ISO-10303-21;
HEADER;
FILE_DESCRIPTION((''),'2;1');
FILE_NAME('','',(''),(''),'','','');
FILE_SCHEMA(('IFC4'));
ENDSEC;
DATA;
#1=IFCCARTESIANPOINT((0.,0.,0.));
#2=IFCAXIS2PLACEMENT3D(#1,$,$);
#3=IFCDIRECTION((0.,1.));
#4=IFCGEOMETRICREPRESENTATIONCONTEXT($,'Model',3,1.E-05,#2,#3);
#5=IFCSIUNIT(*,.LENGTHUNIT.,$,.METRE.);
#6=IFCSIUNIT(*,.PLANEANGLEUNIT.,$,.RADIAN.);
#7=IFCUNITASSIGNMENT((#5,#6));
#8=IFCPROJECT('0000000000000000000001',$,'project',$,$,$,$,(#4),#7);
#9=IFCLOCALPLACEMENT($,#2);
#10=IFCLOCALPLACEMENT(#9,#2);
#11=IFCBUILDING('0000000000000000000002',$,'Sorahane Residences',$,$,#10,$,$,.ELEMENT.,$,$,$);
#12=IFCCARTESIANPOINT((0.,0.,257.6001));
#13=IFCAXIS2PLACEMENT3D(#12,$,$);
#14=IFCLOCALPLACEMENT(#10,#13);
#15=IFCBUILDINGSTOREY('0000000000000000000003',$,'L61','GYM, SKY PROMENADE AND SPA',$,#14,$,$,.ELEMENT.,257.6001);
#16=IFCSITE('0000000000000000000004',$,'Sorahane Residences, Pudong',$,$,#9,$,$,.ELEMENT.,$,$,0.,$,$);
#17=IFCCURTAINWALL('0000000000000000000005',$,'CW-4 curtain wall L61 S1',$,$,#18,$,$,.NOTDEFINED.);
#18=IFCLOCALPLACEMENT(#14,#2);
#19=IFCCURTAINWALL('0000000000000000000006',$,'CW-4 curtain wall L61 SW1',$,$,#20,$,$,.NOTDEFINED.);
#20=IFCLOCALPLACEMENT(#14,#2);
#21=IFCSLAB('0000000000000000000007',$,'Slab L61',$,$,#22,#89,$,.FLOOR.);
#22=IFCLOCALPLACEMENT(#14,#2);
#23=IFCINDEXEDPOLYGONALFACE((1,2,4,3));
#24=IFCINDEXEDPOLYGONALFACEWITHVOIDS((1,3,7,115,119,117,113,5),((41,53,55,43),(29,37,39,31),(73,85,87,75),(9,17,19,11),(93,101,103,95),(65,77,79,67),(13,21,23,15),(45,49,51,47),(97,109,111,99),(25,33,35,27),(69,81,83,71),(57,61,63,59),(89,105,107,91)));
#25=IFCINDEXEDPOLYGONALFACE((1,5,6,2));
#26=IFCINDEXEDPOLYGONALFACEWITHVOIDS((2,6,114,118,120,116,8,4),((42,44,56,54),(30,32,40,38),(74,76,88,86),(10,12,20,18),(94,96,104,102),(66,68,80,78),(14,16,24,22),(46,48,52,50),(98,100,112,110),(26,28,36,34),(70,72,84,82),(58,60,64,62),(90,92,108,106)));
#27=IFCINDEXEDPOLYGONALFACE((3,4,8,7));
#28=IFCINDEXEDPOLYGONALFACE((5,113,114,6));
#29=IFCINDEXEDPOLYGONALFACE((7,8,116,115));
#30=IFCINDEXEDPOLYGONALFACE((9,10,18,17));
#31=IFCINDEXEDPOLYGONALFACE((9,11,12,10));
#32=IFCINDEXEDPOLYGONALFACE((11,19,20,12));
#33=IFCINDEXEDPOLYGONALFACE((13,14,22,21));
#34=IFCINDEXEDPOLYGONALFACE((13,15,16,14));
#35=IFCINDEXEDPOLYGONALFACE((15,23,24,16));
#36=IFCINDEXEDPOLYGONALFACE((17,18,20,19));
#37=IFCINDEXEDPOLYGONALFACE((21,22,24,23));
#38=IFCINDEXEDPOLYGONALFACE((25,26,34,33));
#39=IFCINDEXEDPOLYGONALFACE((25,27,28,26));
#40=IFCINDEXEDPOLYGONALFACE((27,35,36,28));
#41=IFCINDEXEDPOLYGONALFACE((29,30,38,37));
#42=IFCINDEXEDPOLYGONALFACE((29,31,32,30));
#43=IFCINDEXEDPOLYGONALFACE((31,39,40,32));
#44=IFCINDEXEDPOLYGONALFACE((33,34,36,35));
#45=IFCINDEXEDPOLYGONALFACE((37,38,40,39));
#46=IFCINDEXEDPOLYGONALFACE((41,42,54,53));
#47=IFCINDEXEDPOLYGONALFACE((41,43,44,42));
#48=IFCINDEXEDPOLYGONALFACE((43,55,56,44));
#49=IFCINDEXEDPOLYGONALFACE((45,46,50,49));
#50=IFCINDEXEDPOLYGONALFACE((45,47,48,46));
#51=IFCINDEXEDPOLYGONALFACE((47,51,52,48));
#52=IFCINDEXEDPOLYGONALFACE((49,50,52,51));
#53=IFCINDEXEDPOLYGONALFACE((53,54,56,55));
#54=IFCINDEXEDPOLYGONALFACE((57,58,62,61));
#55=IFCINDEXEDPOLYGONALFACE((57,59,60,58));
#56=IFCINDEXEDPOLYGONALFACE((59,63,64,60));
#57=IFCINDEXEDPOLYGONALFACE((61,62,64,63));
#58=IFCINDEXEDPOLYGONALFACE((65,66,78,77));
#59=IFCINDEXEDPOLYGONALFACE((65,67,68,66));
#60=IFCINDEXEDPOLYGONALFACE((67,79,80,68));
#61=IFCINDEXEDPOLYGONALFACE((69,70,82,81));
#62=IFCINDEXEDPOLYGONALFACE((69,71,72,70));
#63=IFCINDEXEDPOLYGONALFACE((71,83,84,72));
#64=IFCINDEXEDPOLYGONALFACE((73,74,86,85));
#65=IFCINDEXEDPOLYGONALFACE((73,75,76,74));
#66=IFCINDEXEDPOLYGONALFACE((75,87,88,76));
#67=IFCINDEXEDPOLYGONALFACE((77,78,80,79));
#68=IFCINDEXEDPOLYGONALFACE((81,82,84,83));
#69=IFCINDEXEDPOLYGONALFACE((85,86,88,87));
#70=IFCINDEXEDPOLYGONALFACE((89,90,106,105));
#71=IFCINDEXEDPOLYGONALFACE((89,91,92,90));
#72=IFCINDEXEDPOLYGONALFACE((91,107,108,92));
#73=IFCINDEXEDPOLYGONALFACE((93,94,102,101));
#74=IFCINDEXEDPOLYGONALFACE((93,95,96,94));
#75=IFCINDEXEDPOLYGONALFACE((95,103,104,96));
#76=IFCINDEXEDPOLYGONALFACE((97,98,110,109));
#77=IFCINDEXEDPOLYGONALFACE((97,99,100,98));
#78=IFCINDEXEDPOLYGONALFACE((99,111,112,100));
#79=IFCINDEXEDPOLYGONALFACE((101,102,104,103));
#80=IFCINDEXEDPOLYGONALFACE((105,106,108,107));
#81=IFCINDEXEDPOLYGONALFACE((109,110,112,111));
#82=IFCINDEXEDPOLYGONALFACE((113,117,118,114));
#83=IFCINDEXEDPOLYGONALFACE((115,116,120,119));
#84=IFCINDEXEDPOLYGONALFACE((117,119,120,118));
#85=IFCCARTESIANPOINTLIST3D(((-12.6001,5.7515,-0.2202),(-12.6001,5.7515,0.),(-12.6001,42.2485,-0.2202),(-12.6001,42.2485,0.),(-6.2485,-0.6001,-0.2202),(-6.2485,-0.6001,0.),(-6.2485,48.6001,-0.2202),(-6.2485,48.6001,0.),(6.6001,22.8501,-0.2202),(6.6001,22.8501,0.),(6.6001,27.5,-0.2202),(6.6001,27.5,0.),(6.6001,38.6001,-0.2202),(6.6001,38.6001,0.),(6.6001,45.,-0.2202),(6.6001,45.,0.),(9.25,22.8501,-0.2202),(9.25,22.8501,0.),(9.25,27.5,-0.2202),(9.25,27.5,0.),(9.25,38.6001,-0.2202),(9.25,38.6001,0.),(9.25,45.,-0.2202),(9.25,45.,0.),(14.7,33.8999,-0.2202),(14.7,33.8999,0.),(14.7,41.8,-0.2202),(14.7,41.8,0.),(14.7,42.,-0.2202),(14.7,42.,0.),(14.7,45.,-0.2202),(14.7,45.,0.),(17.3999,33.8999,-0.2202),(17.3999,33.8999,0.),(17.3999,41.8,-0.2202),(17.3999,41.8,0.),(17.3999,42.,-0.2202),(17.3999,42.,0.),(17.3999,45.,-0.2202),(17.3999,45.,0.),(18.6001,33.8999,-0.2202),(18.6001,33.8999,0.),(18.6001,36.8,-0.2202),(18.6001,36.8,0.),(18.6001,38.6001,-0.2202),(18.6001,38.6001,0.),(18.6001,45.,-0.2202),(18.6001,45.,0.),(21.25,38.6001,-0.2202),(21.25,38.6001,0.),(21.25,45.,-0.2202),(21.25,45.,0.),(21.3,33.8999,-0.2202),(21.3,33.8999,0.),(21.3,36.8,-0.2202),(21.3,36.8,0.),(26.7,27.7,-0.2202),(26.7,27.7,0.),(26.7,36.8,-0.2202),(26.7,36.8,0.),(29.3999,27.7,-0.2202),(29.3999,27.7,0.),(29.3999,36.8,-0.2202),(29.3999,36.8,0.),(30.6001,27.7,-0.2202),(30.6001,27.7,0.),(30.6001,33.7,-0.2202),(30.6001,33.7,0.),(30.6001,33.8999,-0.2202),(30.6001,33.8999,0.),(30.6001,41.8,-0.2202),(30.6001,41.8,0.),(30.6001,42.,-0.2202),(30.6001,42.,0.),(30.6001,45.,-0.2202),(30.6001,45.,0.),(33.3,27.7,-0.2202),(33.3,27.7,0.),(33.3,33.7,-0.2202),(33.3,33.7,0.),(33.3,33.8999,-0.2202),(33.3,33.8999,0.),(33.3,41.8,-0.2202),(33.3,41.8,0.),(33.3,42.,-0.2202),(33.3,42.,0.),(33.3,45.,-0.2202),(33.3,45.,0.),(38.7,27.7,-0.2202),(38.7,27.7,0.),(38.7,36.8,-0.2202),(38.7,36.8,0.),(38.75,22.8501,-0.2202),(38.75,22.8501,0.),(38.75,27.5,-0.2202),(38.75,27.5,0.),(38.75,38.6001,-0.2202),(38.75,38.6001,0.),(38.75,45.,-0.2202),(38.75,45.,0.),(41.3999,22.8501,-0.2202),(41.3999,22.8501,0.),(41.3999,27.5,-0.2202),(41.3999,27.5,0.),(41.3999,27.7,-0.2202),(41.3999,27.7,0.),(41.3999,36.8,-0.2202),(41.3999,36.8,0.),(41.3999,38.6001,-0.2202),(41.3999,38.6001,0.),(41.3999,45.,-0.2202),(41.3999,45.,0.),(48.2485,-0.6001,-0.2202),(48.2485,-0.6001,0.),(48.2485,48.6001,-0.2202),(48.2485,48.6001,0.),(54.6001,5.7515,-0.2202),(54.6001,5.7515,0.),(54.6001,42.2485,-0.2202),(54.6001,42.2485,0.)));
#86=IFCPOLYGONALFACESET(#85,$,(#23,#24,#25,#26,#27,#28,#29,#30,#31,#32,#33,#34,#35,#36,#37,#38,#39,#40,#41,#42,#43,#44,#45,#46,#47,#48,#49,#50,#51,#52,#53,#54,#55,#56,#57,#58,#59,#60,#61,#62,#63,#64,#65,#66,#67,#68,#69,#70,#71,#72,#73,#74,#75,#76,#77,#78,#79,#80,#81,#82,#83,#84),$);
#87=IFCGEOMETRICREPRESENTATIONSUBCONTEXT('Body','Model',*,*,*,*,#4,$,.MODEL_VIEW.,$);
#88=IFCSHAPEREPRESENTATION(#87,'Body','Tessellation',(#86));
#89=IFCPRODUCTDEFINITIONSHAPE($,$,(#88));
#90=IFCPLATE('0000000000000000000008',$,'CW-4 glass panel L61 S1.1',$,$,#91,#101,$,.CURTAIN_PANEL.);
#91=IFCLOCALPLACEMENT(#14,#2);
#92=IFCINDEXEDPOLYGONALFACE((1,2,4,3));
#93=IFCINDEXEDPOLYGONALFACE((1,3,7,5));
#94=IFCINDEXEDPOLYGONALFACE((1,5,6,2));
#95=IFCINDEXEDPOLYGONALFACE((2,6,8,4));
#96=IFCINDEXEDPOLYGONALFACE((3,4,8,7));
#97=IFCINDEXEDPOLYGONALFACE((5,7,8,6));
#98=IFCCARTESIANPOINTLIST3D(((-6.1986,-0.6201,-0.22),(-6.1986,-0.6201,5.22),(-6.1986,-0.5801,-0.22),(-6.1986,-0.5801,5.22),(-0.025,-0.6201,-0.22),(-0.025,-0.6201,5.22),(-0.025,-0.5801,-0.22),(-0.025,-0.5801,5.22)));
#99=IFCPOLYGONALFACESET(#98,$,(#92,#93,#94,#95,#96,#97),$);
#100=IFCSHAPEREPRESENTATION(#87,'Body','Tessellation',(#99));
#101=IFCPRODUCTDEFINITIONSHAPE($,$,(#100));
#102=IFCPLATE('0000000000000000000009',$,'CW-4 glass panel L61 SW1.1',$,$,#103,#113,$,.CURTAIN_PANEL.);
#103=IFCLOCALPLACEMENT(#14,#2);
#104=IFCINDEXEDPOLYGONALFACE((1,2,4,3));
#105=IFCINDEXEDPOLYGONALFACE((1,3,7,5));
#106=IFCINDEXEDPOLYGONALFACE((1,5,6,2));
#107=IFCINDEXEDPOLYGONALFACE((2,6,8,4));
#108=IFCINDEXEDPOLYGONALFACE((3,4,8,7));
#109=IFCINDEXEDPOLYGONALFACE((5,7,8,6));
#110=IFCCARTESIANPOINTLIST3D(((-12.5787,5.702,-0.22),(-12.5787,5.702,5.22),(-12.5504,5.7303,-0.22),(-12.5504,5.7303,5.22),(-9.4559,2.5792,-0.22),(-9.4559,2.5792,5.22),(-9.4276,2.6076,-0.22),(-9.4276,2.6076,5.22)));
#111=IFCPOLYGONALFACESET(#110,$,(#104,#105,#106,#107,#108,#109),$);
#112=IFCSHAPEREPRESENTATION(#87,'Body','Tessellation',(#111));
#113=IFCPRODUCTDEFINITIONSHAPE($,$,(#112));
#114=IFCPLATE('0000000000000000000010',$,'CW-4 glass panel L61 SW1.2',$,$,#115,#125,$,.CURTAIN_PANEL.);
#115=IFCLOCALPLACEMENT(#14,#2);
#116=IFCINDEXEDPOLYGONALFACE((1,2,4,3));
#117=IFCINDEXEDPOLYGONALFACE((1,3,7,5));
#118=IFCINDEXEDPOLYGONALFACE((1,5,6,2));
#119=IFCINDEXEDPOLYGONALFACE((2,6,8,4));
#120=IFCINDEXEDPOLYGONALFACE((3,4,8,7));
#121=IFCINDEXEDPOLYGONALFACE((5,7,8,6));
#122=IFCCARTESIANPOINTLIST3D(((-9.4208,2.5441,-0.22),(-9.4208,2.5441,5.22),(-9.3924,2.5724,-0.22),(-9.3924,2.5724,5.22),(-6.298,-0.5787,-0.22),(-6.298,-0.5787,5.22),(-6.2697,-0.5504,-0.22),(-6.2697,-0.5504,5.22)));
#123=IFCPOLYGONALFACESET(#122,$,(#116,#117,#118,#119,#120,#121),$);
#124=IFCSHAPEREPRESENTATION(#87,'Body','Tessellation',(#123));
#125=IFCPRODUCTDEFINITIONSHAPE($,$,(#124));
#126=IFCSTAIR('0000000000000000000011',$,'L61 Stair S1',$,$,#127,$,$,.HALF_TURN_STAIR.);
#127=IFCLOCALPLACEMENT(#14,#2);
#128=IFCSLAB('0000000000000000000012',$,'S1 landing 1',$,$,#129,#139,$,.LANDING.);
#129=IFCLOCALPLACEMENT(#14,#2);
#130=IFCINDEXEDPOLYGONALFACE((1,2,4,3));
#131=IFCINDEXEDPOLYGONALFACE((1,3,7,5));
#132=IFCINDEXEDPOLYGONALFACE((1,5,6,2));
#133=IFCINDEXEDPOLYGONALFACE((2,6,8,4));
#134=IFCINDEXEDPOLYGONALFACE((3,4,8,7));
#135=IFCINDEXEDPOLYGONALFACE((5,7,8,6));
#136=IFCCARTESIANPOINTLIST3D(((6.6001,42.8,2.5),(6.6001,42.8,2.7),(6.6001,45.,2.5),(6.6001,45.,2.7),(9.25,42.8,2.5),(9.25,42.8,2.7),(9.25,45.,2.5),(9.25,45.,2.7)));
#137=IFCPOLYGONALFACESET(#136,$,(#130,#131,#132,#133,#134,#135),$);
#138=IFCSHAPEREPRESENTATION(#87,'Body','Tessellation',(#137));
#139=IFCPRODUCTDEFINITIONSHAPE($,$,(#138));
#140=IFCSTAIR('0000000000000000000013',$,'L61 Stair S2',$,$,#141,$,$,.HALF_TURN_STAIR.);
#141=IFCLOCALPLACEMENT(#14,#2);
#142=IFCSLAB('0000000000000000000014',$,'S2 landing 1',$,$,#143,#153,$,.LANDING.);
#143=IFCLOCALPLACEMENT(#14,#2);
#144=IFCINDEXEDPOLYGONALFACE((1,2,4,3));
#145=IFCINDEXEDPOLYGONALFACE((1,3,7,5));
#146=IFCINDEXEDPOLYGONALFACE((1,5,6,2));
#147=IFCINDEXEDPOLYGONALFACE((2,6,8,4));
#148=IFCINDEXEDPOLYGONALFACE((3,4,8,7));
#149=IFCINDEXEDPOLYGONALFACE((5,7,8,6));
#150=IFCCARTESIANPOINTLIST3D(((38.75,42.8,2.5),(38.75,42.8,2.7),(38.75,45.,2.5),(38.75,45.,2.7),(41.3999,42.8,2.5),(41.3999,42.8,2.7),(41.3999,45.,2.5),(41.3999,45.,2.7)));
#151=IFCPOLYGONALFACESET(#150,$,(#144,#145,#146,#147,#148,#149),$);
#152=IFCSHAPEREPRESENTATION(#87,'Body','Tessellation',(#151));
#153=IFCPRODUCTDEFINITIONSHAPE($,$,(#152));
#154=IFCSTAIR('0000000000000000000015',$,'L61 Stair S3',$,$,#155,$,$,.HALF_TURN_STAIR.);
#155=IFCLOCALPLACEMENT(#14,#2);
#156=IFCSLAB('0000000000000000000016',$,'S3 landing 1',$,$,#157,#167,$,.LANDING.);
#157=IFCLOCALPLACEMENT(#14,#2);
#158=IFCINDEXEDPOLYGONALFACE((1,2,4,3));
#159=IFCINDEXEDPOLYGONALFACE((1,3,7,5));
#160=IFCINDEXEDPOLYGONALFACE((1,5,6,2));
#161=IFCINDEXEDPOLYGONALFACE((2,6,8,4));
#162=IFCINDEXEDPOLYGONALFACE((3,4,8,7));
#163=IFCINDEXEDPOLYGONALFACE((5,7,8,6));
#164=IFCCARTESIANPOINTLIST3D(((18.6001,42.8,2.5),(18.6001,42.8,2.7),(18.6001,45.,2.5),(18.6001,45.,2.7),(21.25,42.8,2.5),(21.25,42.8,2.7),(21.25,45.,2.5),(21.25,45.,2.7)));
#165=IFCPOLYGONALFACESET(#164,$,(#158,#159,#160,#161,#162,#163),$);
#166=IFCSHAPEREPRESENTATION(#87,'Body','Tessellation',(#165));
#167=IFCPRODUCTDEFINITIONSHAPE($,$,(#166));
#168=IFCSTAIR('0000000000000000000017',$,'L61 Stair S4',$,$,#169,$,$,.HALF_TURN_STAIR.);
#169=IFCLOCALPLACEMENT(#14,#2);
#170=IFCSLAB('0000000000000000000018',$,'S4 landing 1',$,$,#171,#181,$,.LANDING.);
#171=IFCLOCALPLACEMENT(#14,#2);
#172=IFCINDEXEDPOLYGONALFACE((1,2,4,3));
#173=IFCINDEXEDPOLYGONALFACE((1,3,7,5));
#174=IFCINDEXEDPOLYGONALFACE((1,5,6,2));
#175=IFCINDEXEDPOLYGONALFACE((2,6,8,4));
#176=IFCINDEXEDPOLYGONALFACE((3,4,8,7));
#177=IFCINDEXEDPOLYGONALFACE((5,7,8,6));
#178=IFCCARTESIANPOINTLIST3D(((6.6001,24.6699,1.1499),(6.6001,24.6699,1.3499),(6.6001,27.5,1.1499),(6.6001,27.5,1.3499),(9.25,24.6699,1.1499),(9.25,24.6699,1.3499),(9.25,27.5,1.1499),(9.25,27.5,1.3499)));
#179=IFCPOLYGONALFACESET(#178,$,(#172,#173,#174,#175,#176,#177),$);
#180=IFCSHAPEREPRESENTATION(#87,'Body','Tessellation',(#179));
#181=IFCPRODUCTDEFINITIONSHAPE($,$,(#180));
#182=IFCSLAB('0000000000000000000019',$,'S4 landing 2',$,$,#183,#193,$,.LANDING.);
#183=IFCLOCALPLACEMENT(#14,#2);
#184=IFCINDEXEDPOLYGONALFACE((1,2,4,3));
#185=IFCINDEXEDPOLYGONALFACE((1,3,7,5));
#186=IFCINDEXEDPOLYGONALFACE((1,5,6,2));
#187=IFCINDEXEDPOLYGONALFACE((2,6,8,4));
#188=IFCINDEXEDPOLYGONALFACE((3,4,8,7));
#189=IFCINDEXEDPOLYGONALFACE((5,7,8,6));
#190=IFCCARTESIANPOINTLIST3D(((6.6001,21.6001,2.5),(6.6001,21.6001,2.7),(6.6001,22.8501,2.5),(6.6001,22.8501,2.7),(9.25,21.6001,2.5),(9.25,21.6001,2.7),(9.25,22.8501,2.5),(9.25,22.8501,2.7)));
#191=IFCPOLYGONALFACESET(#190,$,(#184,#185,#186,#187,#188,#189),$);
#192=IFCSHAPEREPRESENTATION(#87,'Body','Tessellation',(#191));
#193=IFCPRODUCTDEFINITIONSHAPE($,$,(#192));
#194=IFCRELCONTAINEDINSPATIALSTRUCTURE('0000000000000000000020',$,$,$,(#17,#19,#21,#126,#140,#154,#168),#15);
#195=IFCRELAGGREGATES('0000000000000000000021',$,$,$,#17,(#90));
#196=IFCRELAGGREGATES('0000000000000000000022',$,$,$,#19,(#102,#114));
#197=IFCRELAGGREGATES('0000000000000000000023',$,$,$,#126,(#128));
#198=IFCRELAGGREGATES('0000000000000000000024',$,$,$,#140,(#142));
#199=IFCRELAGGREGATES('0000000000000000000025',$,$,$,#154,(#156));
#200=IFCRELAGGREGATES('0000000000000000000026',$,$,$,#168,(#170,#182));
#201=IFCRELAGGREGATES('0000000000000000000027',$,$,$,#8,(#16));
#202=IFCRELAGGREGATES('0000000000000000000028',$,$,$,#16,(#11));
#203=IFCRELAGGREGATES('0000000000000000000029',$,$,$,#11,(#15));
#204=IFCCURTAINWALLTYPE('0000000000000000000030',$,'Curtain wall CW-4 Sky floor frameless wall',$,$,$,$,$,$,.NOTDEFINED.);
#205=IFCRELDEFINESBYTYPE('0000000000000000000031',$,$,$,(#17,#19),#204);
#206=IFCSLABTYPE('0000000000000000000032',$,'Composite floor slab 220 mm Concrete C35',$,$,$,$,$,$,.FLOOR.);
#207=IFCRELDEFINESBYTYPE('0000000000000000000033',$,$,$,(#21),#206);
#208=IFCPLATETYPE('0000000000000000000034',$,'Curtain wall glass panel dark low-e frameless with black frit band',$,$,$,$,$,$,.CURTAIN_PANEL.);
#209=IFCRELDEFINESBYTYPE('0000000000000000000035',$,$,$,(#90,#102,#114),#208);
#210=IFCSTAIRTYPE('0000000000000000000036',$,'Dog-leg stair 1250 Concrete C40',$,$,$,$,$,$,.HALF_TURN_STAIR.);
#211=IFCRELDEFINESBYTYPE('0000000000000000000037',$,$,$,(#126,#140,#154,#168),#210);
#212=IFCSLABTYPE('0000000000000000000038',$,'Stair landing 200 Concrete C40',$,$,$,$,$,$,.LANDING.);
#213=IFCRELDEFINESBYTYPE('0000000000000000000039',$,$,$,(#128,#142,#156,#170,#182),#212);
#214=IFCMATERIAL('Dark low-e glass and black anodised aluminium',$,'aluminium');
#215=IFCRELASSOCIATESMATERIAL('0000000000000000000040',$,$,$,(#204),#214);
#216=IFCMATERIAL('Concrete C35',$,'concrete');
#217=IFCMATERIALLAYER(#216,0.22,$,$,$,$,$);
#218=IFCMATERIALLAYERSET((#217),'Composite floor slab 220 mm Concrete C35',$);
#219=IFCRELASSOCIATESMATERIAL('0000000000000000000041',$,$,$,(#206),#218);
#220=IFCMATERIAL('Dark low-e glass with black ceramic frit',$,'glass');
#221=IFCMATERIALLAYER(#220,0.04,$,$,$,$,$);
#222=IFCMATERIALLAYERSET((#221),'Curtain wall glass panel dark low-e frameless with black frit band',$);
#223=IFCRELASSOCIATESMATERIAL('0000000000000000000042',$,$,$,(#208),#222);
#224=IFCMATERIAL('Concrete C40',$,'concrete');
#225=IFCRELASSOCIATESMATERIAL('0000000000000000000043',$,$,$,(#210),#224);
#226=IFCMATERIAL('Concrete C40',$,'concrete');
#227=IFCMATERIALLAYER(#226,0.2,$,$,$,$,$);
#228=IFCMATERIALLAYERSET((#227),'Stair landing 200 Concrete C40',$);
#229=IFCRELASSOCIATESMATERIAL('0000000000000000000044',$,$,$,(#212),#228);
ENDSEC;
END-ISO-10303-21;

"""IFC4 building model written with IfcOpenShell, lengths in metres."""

from ifc_helpers import new_model, si_unit, direction, frame, origin, origin_2d, place, context, subcontext, project, spatial, polyline, rectangle, outline, extrude, material, layer, layer_set, type_object, element, aggregate, save


model = new_model("IFC4")

# Units and contexts
model_context = context("Model", 3, precision=1e-05, world=origin(), true_north=direction((0.0, 1.0)))
body_context = subcontext(model_context, "Body", "Model", "MODEL_VIEW")
ifc_project = project(units=[si_unit("LENGTHUNIT", "METRE"), si_unit("PLANEANGLEUNIT", "RADIAN")], contexts=[model_context])

# Site, building, storey
site_placement = place(None, origin())
site = spatial("IfcSite", under=ifc_project, at=site_placement, Name="Sorahane Residences, Pudong", CompositionType="ELEMENT", RefElevation=0.0)
building_placement = place(site_placement, origin())
building = spatial("IfcBuilding", under=site, at=building_placement, Name="Sorahane Residences", CompositionType="ELEMENT")
storey_placement = place(building_placement, frame((0.0, 0.0, 257.6001)))
storey = spatial("IfcBuildingStorey", under=building, at=storey_placement, Name="L61", Description="GYM, SKY PROMENADE AND SPA", CompositionType="ELEMENT", Elevation=257.6001)

# Curtain wall
ifc_material_1 = material(Name="Dark low-e glass and black anodised aluminium", Category="aluminium")
curtain_wall_type = type_object("IfcCurtainWallType", Name="Curtain wall CW-4 Sky floor frameless wall", PredefinedType="NOTDEFINED", material=ifc_material_1)
curtain_wall_1_placement = place(storey_placement, origin())
curtain_wall_1 = element("IfcCurtainWall", 1, at=curtain_wall_1_placement, inside=storey, type_object=curtain_wall_type, Name="CW-4 curtain wall L61 S1", PredefinedType="NOTDEFINED")

# Curtain wall
curtain_wall_2_placement = place(storey_placement, origin())
curtain_wall_2 = element("IfcCurtainWall", 2, at=curtain_wall_2_placement, inside=storey, type_object=curtain_wall_type, Name="CW-4 curtain wall L61 SW1", PredefinedType="NOTDEFINED")

# Slab
ifc_material_2 = material(Name="Concrete C35", Category="concrete")
ifc_layer_1 = layer(ifc_material_2, 0.22)
ifc_layer_set_1 = layer_set([ifc_layer_1], Name="Composite floor slab 220 mm Concrete C35")
slab_type_1 = type_object("IfcSlabType", Name="Composite floor slab 220 mm Concrete C35", PredefinedType="FLOOR", material=ifc_layer_set_1)
slab_1_placement = place(storey_placement, frame((0.0, 0.0, -0.2202)))
element("IfcSlab", 3, at=slab_1_placement, inside=storey, type_object=slab_type_1, Name="Slab L61", PredefinedType="FLOOR", context=body_context, shape_type="SweptSolid", body=[
    extrude(outline(polyline([(-6.2485, -0.6001), (-12.6001, 5.7515), (-12.6001, 42.2485), (-6.2485, 48.6001), (48.2485, 48.6001), (54.6001, 42.2485), (54.6001, 5.7515), (48.2485, -0.6001), (-6.2485, -0.6001)]), holes=[polyline([(38.7, 27.7), (41.3999, 27.7), (41.3999, 36.8), (38.7, 36.8), (38.7, 27.7)]), polyline([(30.6001, 27.7), (33.3, 27.7), (33.3, 33.7), (30.6001, 33.7), (30.6001, 27.7)]), polyline([(30.6001, 42.0), (33.3, 42.0), (33.3, 45.0), (30.6001, 45.0), (30.6001, 42.0)]), polyline([(14.7, 42.0), (17.3999, 42.0), (17.3999, 45.0), (14.7, 45.0), (14.7, 42.0)]), polyline([(9.25, 38.6001), (9.25, 45.0), (6.6001, 45.0), (6.6001, 38.6001), (9.25, 38.6001)]), polyline([(41.3999, 38.6001), (41.3999, 45.0), (38.75, 45.0), (38.75, 38.6001), (41.3999, 38.6001)]), polyline([(21.25, 38.6001), (21.25, 45.0), (18.6001, 45.0), (18.6001, 38.6001), (21.25, 38.6001)]), polyline([(9.25, 22.8501), (9.25, 27.5), (6.6001, 27.5), (6.6001, 22.8501), (9.25, 22.8501)]), polyline([(41.3999, 22.8501), (41.3999, 27.5), (38.75, 27.5), (38.75, 22.8501), (41.3999, 22.8501)]), polyline([(14.7, 33.8999), (17.3999, 33.8999), (17.3999, 41.8), (14.7, 41.8), (14.7, 33.8999)]), polyline([(30.6001, 33.8999), (33.3, 33.8999), (33.3, 41.8), (30.6001, 41.8), (30.6001, 33.8999)]), polyline([(18.6001, 33.8999), (21.3, 33.8999), (21.3, 36.8), (18.6001, 36.8), (18.6001, 33.8999)]), polyline([(26.7, 27.7), (29.3999, 27.7), (29.3999, 36.8), (26.7, 36.8), (26.7, 27.7)])]), origin(), (0.0, 0.0, 1.0), 0.2202),
])

# Plates
ifc_material_3 = material(Name="Dark low-e glass with black ceramic frit", Category="glass")
ifc_layer_2 = layer(ifc_material_3, 0.04)
ifc_layer_set_2 = layer_set([ifc_layer_2], Name="Curtain wall glass panel dark low-e frameless with black frit band")
plate_type = type_object("IfcPlateType", Name="Curtain wall glass panel dark low-e frameless with black frit band", PredefinedType="CURTAIN_PANEL", material=ifc_layer_set_2)
plate_1_placement = place(storey_placement, frame((-3.1118, -0.6001, -0.22), z_axis=(0.0, 0.0, 1.0), x_axis=(1.0, 0.0, 0.0)))
plate_1 = element("IfcPlate", 4, at=plate_1_placement, type_object=plate_type, Name="CW-4 glass panel L61 S1.1", PredefinedType="CURTAIN_PANEL", context=body_context, shape_type="SweptSolid", body=[
    extrude(rectangle(XDim=6.1736, YDim=0.04, at=origin_2d()), origin(), (0.0, 0.0, 1.0), 5.4399),
])
aggregate(curtain_wall_1, [plate_1])
plate_2_placement = place(storey_placement, frame((-11.0032, 4.1548, -0.22), z_axis=(0.0, 0.0, 1.0), x_axis=(0.707107, -0.707107, 0.0)))
plate_2 = element("IfcPlate", 5, at=plate_2_placement, type_object=plate_type, Name="CW-4 glass panel L61 SW1.1", PredefinedType="CURTAIN_PANEL", context=body_context, shape_type="SweptSolid", body=[
    extrude(rectangle(XDim=4.4163, YDim=0.04, at=origin_2d()), origin(), (0.0, 0.0, 1.0), 5.4399),
])
plate_3_placement = place(storey_placement, frame((-7.8452, 0.9968, -0.22), z_axis=(0.0, 0.0, 1.0), x_axis=(0.707107, -0.707107, 0.0)))
plate_3 = element("IfcPlate", 6, at=plate_3_placement, type_object=plate_type, Name="CW-4 glass panel L61 SW1.2", PredefinedType="CURTAIN_PANEL", context=body_context, shape_type="SweptSolid", body=[
    extrude(rectangle(XDim=4.4163, YDim=0.04, at=origin_2d()), origin(), (0.0, 0.0, 1.0), 5.4399),
])
aggregate(curtain_wall_2, [plate_2, plate_3])

# Stairs, slabs
ifc_material_4 = material(Name="Concrete C40", Category="concrete")
stair_type = type_object("IfcStairType", Name="Dog-leg stair 1250 Concrete C40", PredefinedType="HALF_TURN_STAIR", material=ifc_material_4)
stair_1_placement = place(storey_placement, origin())
stair_1 = element("IfcStair", 7, at=stair_1_placement, inside=storey, type_object=stair_type, Name="L61 Stair S1", PredefinedType="HALF_TURN_STAIR")
ifc_material_5 = material(Name="Concrete C40", Category="concrete")
ifc_layer_3 = layer(ifc_material_5, 0.2)
ifc_layer_set_3 = layer_set([ifc_layer_3], Name="Stair landing 200 Concrete C40")
slab_type_2 = type_object("IfcSlabType", Name="Stair landing 200 Concrete C40", PredefinedType="LANDING", material=ifc_layer_set_3)
slab_2_placement = place(storey_placement, frame((0.0, 0.0, 2.5)))
slab_2 = element("IfcSlab", 8, at=slab_2_placement, type_object=slab_type_2, Name="S1 landing 1", PredefinedType="LANDING", context=body_context, shape_type="SweptSolid", body=[
    extrude(outline(polyline([(9.25, 42.8), (9.25, 45.0), (6.6001, 45.0), (6.6001, 42.8), (9.25, 42.8)])), origin(), (0.0, 0.0, 1.0), 0.2),
])
aggregate(stair_1, [slab_2])
stair_2_placement = place(storey_placement, origin())
stair_2 = element("IfcStair", 9, at=stair_2_placement, inside=storey, type_object=stair_type, Name="L61 Stair S2", PredefinedType="HALF_TURN_STAIR")
slab_3_placement = place(storey_placement, frame((0.0, 0.0, 2.5)))
slab_3 = element("IfcSlab", 10, at=slab_3_placement, type_object=slab_type_2, Name="S2 landing 1", PredefinedType="LANDING", context=body_context, shape_type="SweptSolid", body=[
    extrude(outline(polyline([(41.3999, 42.8), (41.3999, 45.0), (38.75, 45.0), (38.75, 42.8), (41.3999, 42.8)])), origin(), (0.0, 0.0, 1.0), 0.2),
])
aggregate(stair_2, [slab_3])
stair_3_placement = place(storey_placement, origin())
stair_3 = element("IfcStair", 11, at=stair_3_placement, inside=storey, type_object=stair_type, Name="L61 Stair S3", PredefinedType="HALF_TURN_STAIR")
slab_4_placement = place(storey_placement, frame((0.0, 0.0, 2.5)))
slab_4 = element("IfcSlab", 12, at=slab_4_placement, type_object=slab_type_2, Name="S3 landing 1", PredefinedType="LANDING", context=body_context, shape_type="SweptSolid", body=[
    extrude(outline(polyline([(21.25, 42.8), (21.25, 45.0), (18.6001, 45.0), (18.6001, 42.8), (21.25, 42.8)])), origin(), (0.0, 0.0, 1.0), 0.2),
])
aggregate(stair_3, [slab_4])

# Stair, slabs
stair_4_placement = place(storey_placement, origin())
stair_4 = element("IfcStair", 13, at=stair_4_placement, inside=storey, type_object=stair_type, Name="L61 Stair S4", PredefinedType="HALF_TURN_STAIR")
slab_5_placement = place(storey_placement, frame((0.0, 0.0, 1.1499)))
slab_5 = element("IfcSlab", 14, at=slab_5_placement, type_object=slab_type_2, Name="S4 landing 1", PredefinedType="LANDING", context=body_context, shape_type="SweptSolid", body=[
    extrude(outline(polyline([(9.25, 24.6699), (9.25, 27.5), (6.6001, 27.5), (6.6001, 24.6699), (9.25, 24.6699)])), origin(), (0.0, 0.0, 1.0), 0.2),
])
slab_6_placement = place(storey_placement, frame((0.0, 0.0, 2.5)))
slab_6 = element("IfcSlab", 15, at=slab_6_placement, type_object=slab_type_2, Name="S4 landing 2", PredefinedType="LANDING", context=body_context, shape_type="SweptSolid", body=[
    extrude(outline(polyline([(9.25, 21.6001), (9.25, 22.8501), (6.6001, 22.8501), (6.6001, 21.6001), (9.25, 21.6001)])), origin(), (0.0, 0.0, 1.0), 0.2),
])
aggregate(stair_4, [slab_5, slab_6])

save(model, "model.ifc")
